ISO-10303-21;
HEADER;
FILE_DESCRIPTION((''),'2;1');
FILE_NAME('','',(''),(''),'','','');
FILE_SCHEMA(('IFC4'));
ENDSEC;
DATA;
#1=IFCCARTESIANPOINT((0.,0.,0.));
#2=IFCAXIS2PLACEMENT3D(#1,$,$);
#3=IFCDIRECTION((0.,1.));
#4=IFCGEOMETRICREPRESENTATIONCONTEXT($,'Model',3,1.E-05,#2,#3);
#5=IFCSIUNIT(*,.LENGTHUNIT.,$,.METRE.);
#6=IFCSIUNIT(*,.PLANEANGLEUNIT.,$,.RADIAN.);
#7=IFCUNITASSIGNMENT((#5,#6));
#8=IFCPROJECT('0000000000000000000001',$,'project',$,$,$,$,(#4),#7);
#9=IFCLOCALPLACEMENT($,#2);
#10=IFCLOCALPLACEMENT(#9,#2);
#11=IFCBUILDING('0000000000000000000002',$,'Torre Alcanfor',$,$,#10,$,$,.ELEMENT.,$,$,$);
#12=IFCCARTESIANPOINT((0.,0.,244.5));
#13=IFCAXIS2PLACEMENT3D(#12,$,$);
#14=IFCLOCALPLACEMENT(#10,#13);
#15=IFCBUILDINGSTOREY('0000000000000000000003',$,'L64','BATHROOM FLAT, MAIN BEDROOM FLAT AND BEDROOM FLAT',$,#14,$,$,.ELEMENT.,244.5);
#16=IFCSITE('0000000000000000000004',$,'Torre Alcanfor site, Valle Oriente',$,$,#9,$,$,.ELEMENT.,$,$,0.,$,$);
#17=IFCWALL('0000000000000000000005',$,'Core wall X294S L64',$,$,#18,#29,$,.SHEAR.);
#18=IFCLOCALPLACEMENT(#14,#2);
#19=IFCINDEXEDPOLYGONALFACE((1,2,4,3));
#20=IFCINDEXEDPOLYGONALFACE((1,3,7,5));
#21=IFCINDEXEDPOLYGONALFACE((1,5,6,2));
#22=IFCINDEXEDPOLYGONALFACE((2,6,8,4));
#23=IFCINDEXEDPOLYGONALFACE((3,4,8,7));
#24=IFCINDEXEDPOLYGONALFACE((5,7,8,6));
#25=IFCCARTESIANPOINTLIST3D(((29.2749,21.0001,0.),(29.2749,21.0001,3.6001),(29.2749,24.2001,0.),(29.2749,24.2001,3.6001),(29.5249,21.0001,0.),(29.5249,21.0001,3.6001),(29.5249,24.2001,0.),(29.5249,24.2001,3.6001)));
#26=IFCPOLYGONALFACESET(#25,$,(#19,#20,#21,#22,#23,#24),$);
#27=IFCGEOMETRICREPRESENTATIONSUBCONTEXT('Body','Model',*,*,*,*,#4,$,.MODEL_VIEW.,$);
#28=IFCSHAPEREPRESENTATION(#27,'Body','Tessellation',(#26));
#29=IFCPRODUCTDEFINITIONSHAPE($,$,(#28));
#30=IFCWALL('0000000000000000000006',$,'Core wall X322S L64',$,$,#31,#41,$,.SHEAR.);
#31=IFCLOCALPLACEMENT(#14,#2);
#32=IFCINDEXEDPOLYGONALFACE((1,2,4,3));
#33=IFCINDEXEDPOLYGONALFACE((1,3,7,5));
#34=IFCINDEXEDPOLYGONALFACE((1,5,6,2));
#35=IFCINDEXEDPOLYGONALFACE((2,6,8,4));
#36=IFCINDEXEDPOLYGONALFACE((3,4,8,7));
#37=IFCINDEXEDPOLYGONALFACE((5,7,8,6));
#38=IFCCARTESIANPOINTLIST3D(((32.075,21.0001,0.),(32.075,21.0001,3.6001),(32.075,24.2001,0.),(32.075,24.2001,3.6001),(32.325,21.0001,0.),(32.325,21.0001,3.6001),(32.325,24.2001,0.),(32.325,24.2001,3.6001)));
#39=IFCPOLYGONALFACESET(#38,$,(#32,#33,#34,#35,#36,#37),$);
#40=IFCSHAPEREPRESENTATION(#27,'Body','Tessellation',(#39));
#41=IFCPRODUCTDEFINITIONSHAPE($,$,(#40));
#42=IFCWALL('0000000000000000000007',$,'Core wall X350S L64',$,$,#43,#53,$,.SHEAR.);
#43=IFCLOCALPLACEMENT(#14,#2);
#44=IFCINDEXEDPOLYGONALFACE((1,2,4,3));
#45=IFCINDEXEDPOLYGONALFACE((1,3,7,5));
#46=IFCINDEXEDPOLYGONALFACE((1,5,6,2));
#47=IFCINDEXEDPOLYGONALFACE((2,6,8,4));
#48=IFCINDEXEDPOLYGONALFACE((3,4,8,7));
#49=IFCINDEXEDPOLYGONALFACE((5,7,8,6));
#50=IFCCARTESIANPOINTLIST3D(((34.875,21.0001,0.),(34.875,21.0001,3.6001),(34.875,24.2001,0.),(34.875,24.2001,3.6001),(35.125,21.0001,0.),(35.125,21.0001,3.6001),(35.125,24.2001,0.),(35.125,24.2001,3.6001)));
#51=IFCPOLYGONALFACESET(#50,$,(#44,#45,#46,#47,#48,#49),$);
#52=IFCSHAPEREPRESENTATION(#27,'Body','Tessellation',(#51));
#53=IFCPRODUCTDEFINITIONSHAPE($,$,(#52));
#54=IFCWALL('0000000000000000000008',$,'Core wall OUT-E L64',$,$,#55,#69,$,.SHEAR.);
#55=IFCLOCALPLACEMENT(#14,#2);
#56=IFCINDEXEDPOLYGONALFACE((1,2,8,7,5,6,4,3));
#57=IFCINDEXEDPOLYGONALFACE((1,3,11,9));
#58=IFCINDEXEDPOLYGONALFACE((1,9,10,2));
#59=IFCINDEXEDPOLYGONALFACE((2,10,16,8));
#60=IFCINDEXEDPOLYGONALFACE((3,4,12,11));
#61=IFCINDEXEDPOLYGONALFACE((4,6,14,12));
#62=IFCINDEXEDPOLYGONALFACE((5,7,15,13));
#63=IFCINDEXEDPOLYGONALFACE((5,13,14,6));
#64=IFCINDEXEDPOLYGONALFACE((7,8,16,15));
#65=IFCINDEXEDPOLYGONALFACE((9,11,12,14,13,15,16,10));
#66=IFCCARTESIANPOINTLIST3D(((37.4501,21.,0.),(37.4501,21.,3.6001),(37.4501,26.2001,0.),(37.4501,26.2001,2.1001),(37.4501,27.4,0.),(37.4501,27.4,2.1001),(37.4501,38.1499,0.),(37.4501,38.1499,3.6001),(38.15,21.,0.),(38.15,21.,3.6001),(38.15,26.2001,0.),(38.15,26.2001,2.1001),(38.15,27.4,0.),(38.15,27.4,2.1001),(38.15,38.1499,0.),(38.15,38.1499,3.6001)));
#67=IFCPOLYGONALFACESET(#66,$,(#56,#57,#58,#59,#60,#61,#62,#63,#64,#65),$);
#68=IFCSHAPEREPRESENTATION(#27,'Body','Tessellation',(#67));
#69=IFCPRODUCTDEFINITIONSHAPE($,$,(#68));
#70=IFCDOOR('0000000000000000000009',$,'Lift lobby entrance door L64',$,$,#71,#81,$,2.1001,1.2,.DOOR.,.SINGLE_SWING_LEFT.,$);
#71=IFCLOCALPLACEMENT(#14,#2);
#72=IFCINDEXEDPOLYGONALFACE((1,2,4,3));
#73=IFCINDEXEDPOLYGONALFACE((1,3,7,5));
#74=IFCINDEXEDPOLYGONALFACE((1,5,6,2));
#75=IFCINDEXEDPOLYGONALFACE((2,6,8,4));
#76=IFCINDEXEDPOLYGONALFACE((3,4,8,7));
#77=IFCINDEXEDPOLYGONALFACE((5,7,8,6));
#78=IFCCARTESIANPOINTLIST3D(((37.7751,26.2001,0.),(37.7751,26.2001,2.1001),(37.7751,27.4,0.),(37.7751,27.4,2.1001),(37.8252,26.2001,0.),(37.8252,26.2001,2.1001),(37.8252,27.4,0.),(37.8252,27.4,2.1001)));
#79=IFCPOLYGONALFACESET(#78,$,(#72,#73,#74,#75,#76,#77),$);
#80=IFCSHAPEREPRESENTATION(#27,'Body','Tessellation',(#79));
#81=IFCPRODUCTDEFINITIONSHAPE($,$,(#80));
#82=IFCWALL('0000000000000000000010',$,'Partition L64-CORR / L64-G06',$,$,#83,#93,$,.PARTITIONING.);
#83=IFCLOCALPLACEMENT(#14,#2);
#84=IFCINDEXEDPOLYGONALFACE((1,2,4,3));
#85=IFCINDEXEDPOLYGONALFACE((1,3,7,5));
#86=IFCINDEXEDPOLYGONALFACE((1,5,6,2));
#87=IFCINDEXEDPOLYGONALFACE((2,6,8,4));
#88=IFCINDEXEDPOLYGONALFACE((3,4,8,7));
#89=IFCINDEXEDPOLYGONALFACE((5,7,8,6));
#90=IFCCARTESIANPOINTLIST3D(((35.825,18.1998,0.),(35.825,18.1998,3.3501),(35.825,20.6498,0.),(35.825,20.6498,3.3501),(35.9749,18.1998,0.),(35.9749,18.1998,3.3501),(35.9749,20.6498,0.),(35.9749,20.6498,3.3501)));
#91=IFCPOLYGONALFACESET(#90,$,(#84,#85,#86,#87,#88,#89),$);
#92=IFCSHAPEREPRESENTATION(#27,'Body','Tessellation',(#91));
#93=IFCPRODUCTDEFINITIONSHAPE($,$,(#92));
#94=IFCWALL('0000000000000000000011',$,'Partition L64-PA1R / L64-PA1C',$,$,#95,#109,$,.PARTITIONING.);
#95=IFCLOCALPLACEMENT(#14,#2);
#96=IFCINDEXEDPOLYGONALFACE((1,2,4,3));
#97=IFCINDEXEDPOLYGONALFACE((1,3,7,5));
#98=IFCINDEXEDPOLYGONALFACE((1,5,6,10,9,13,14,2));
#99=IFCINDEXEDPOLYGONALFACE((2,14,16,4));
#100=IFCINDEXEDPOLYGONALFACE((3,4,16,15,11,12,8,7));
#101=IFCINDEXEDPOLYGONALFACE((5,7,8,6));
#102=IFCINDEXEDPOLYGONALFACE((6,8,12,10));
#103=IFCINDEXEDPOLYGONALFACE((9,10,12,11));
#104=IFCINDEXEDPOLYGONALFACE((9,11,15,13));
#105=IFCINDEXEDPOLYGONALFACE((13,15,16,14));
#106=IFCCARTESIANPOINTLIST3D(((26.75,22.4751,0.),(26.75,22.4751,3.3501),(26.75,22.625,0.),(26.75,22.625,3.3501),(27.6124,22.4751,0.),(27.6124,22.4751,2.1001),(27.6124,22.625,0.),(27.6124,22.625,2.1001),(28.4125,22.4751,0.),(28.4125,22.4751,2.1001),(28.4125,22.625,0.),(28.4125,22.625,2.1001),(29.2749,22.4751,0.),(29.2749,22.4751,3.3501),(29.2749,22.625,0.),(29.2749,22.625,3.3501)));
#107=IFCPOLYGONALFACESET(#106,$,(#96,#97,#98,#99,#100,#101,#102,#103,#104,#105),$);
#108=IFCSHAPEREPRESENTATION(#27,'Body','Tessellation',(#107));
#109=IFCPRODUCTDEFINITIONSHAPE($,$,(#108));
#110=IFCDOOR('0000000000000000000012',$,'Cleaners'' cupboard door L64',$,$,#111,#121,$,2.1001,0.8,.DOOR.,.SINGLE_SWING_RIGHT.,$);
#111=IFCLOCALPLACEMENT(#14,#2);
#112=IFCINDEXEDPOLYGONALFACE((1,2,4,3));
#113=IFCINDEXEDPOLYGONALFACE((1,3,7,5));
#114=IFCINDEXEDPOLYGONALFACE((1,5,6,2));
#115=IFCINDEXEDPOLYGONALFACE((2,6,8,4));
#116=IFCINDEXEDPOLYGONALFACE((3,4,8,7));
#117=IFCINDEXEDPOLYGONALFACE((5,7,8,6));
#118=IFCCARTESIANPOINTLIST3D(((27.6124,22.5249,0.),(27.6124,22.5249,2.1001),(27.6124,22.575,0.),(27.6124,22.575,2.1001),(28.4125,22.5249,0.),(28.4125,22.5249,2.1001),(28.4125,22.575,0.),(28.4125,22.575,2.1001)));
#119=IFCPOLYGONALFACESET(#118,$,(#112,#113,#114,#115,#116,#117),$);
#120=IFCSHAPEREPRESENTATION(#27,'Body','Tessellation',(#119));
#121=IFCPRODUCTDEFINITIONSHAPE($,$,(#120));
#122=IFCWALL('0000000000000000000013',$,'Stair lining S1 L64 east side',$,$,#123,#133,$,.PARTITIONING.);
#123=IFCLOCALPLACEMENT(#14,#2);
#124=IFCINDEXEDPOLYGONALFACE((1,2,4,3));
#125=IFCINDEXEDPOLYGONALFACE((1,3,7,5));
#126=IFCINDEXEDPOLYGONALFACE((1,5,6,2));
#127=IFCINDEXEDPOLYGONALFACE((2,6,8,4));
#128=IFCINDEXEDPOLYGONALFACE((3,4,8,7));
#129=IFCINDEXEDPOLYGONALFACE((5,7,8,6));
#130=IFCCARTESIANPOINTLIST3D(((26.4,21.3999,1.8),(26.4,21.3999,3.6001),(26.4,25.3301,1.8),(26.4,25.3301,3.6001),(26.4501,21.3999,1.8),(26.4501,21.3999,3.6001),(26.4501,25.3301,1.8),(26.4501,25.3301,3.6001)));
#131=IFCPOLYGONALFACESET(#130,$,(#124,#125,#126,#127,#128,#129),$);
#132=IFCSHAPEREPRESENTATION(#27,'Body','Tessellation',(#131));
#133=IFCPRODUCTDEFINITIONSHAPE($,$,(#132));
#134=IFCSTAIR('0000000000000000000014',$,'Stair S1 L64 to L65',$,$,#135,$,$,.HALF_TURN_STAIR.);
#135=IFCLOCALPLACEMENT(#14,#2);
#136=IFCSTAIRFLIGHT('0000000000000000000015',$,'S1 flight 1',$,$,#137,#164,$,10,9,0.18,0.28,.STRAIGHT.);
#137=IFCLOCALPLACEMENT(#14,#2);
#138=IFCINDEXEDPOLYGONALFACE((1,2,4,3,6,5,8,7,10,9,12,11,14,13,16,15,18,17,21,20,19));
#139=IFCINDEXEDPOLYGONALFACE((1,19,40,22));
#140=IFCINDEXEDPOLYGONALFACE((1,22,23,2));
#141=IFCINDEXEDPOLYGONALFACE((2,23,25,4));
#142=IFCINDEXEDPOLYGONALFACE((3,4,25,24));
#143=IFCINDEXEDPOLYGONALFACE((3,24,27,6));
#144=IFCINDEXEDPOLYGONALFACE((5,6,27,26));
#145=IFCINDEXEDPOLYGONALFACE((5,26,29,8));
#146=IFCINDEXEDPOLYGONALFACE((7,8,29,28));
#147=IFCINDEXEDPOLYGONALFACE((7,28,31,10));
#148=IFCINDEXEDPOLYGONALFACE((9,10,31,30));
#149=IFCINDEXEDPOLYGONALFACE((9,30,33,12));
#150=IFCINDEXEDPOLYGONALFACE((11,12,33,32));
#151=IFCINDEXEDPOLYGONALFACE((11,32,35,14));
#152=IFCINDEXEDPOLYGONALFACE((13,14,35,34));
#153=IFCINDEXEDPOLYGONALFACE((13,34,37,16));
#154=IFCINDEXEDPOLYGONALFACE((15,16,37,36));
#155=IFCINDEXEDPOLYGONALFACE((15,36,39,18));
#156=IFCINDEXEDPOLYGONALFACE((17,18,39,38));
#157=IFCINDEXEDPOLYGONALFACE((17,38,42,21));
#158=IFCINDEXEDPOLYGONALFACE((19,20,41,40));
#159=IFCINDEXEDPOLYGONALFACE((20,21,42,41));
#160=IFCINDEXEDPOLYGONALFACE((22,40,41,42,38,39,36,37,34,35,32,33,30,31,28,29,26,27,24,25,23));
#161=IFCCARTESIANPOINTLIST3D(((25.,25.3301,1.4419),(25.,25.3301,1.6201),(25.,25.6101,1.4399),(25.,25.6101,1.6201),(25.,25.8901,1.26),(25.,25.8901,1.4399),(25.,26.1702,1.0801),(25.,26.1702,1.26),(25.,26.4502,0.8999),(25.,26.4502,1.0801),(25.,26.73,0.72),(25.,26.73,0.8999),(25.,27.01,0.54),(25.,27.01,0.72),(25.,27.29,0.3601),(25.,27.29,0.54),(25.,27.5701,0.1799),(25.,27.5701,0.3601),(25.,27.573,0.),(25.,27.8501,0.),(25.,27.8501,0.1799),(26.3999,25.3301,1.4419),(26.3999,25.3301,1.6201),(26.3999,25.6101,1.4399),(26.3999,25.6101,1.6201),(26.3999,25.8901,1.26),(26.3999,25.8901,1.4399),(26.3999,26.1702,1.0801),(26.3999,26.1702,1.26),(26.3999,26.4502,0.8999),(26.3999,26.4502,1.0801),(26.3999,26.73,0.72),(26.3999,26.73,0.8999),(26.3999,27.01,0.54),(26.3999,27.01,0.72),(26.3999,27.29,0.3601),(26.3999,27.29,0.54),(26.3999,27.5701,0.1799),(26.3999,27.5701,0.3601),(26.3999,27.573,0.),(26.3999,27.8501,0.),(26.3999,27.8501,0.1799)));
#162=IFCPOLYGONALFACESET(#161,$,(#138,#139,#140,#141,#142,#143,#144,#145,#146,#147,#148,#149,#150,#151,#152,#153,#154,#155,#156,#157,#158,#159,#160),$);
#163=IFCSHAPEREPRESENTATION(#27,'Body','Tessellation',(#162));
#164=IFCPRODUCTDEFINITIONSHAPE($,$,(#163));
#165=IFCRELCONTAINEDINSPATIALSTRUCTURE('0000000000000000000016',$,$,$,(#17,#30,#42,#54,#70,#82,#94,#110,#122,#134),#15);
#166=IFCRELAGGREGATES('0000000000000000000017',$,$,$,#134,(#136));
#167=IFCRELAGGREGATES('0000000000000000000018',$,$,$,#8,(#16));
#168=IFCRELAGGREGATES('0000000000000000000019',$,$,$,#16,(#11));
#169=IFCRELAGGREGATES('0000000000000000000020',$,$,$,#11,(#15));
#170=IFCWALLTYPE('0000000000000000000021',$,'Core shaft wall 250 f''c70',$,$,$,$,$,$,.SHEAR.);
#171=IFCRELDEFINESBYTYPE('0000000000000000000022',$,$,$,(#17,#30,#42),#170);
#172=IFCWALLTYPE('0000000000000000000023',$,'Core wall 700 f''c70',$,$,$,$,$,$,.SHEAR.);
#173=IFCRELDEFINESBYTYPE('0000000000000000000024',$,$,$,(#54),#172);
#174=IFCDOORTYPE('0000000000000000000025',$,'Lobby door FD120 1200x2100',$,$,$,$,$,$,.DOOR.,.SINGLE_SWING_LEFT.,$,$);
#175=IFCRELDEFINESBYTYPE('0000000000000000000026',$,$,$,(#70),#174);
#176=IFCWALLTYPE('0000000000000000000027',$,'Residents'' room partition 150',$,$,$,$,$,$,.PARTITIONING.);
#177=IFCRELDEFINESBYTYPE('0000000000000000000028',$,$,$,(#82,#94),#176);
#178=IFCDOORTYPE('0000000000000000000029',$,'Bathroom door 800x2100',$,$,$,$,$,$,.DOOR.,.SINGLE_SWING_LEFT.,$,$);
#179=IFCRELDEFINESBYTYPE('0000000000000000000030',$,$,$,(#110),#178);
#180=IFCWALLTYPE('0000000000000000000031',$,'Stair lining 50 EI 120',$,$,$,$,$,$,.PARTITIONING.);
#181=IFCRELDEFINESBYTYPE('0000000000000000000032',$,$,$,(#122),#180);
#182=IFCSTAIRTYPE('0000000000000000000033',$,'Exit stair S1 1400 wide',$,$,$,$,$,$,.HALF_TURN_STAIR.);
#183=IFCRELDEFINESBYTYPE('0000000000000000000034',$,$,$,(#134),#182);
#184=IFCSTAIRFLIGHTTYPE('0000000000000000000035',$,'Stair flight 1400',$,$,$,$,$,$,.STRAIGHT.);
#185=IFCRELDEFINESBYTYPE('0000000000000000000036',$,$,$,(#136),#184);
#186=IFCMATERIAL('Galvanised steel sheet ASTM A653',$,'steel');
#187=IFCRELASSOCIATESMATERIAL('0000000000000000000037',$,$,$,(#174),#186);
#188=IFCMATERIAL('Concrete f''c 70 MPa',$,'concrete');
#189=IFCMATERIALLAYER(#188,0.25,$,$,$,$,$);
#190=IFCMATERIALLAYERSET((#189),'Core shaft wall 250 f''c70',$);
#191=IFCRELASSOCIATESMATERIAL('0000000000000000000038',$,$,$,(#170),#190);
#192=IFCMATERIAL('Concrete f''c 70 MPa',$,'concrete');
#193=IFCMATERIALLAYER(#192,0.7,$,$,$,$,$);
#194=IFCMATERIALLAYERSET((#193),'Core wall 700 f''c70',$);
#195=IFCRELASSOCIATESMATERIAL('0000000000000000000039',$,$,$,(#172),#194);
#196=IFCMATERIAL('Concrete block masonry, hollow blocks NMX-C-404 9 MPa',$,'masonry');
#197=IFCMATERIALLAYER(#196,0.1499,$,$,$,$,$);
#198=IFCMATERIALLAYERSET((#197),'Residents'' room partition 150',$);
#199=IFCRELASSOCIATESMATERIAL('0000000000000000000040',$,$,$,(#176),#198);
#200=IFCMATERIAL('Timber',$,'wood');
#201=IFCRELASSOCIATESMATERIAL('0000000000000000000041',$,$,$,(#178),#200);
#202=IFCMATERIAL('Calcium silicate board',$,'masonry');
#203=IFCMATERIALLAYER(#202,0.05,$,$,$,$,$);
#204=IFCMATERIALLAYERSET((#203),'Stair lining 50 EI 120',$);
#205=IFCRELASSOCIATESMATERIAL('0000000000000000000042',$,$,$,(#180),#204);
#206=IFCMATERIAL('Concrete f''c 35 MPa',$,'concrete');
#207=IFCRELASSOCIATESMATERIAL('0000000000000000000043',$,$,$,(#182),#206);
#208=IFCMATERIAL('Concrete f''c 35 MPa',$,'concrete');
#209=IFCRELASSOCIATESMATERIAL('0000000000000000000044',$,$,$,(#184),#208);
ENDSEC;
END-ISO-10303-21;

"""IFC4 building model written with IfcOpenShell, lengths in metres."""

from ifc_helpers import new_model, si_unit, direction, frame, frame_2d, origin, place, context, subcontext, project, spatial, polyline, rectangle, outline, extrude, material, layer, layer_set, type_object, element, fill, aggregate, save


model = new_model("IFC4")

# Units and contexts
model_context = context("Model", 3, precision=1e-05, world=origin(), true_north=direction((0.0, 1.0)))
body_context = subcontext(model_context, "Body", "Model", "MODEL_VIEW")
ifc_project = project(units=[si_unit("LENGTHUNIT", "METRE"), si_unit("PLANEANGLEUNIT", "RADIAN")], contexts=[model_context])

# Site, building, storey
site_placement = place(None, origin())
site = spatial("IfcSite", under=ifc_project, at=site_placement, Name="Torre Alcanfor site, Valle Oriente", CompositionType="ELEMENT", RefElevation=0.0)
building_placement = place(site_placement, origin())
building = spatial("IfcBuilding", under=site, at=building_placement, Name="Torre Alcanfor", CompositionType="ELEMENT")
storey_placement = place(building_placement, frame((0.0, 0.0, 244.5)))
storey = spatial("IfcBuildingStorey", under=building, at=storey_placement, Name="L64", Description="BATHROOM FLAT, MAIN BEDROOM FLAT AND BEDROOM FLAT", CompositionType="ELEMENT", Elevation=244.5)

# Shared definitions
ifc_material_1 = material(Name="Galvanised steel sheet ASTM A653", Category="steel")
door_type_1 = type_object("IfcDoorType", Name="Lobby door FD120 1200x2100", OperationType="SINGLE_SWING_LEFT", PredefinedType="DOOR", material=ifc_material_1)

# Walls
ifc_material_2 = material(Name="Concrete f'c 70 MPa", Category="concrete")
ifc_layer_1 = layer(ifc_material_2, 0.25)
ifc_layer_set_1 = layer_set([ifc_layer_1], Name="Core shaft wall 250 f'c70")
wall_type_1 = type_object("IfcWallType", Name="Core shaft wall 250 f'c70", PredefinedType="SHEAR", material=ifc_layer_set_1)
for number, where, z_axis, x_axis, name in (
    (1, (29.3999, 21.0, 0.0), (0.0, 0.0, 1.0), (0.0, 1.0, 0.0), "Core wall X294S L64"),
    (2, (32.2, 21.0, 0.0), (0.0, 0.0, 1.0), (0.0, 1.0, 0.0), "Core wall X322S L64"),
    (3, (35.0, 21.0, 0.0), (0.0, 0.0, 1.0), (0.0, 1.0, 0.0), "Core wall X350S L64"),
):
    element("IfcWall", number, at=place(storey_placement, frame(where, z_axis=z_axis, x_axis=x_axis)), inside=storey, type_object=wall_type_1, Name=name, PredefinedType="SHEAR", context=body_context, shape_type="SweptSolid", body=[
        extrude(rectangle(XDim=3.2, YDim=0.25, at=frame_2d((1.6001, 0.0))), origin(), (0.0, 0.0, 1.0), 3.6001),
    ])

# Wall, opening, door
ifc_material_3 = material(Name="Concrete f'c 70 MPa", Category="concrete")
ifc_layer_2 = layer(ifc_material_3, 0.7)
ifc_layer_set_2 = layer_set([ifc_layer_2], Name="Core wall 700 f'c70")
wall_type_2 = type_object("IfcWallType", Name="Core wall 700 f'c70", PredefinedType="SHEAR", material=ifc_layer_set_2)
wall_1_placement = place(storey_placement, frame((37.8, 21.0, 0.0), z_axis=(0.0, 0.0, 1.0), x_axis=(0.0, 1.0, 0.0)))
wall_1 = element("IfcWall", 4, at=wall_1_placement, inside=storey, type_object=wall_type_2, Name="Core wall OUT-E L64", PredefinedType="SHEAR", context=body_context, shape_type="SweptSolid", body=[
    extrude(rectangle(XDim=17.1499, YDim=0.7, at=frame_2d((8.575, 0.0))), origin(), (0.0, 0.0, 1.0), 3.6001),
])
opening_1_placement = place(wall_1_placement, frame((5.2, 0.0, 0.0)))
opening_1 = element("IfcOpeningElement", 5, at=opening_1_placement, cuts=wall_1, PredefinedType="OPENING", context=body_context, shape_type="SweptSolid", body=[
    extrude(rectangle(XDim=1.2, YDim=2.1001, at=frame_2d((0.6001, 1.05))), frame((0.0, 0.3599, 0.0), z_axis=(0.0, -1.0, 0.0), x_axis=(1.0, 0.0, 0.0)), (0.0, 0.0, 1.0), 0.72),
])
door_1_placement = place(opening_1_placement, origin())
door_1 = element("IfcDoor", 6, at=door_1_placement, inside=storey, type_object=door_type_1, Name="Lift lobby entrance door L64", OperationType="SINGLE_SWING_LEFT", OverallHeight=2.1001, OverallWidth=1.2, PredefinedType="DOOR", context=body_context, shape_type="SweptSolid", body=[
    extrude(rectangle(XDim=1.2, YDim=2.1001, at=frame_2d((0.6001, 1.05))), frame((0.0, 0.0249, 0.0), z_axis=(0.0, -1.0, 0.0), x_axis=(1.0, 0.0, 0.0)), (0.0, 0.0, 1.0), 0.05),
])
fill(opening_1, door_1)

# Wall
ifc_material_4 = material(Name="Concrete block masonry, hollow blocks NMX-C-404 9 MPa", Category="masonry")
ifc_layer_3 = layer(ifc_material_4, 0.1499)
ifc_layer_set_3 = layer_set([ifc_layer_3], Name="Residents' room partition 150")
wall_type_3 = type_object("IfcWallType", Name="Residents' room partition 150", PredefinedType="PARTITIONING", material=ifc_layer_set_3)
wall_2_placement = place(storey_placement, frame((35.8999, 20.6499, 0.0), z_axis=(0.0, 0.0, 1.0), x_axis=(0.0, -1.0, 0.0)))
element("IfcWall", 7, at=wall_2_placement, inside=storey, type_object=wall_type_3, Name="Partition L64-CORR / L64-G06", PredefinedType="PARTITIONING", context=body_context, shape_type="SweptSolid", body=[
    extrude(rectangle(XDim=2.45, YDim=0.1499, at=frame_2d((1.2251, 0.0))), origin(), (0.0, 0.0, 1.0), 3.3501),
])

# Wall, opening, door
wall_3_placement = place(storey_placement, frame((26.75, 22.55, 0.0), z_axis=(0.0, 0.0, 1.0), x_axis=(1.0, 0.0, 0.0)))
wall_3 = element("IfcWall", 8, at=wall_3_placement, inside=storey, type_object=wall_type_3, Name="Partition L64-PA1R / L64-PA1C", PredefinedType="PARTITIONING", context=body_context, shape_type="SweptSolid", body=[
    extrude(rectangle(XDim=2.5249, YDim=0.1499, at=frame_2d((1.2625, 0.0))), origin(), (0.0, 0.0, 1.0), 3.3501),
])
opening_2_placement = place(wall_3_placement, frame((0.8625, 0.0, 0.0)))
opening_2 = element("IfcOpeningElement", 9, at=opening_2_placement, cuts=wall_3, PredefinedType="OPENING", context=body_context, shape_type="SweptSolid", body=[
    extrude(rectangle(XDim=0.8, YDim=2.1001, at=frame_2d((0.3999, 1.05))), frame((0.0, 0.085, 0.0), z_axis=(0.0, -1.0, 0.0), x_axis=(1.0, 0.0, 0.0)), (0.0, 0.0, 1.0), 0.1699),
])
ifc_material_5 = material(Name="Timber", Category="wood")
door_type_2 = type_object("IfcDoorType", Name="Bathroom door 800x2100", OperationType="SINGLE_SWING_LEFT", PredefinedType="DOOR", material=ifc_material_5)
door_2_placement = place(opening_2_placement, frame((0.8, 0.0, 0.0), z_axis=(0.0, 0.0, 1.0), x_axis=(-1.0, 0.0, 0.0)))
door_2 = element("IfcDoor", 10, at=door_2_placement, inside=storey, type_object=door_type_2, Name="Cleaners' cupboard door L64", OperationType="SINGLE_SWING_RIGHT", OverallHeight=2.1001, OverallWidth=0.8, PredefinedType="DOOR", context=body_context, shape_type="SweptSolid", body=[
    extrude(rectangle(XDim=0.8, YDim=2.1001, at=frame_2d((0.4001, 1.05))), frame((0.0, 0.0251, 0.0), z_axis=(0.0, -1.0, 0.0), x_axis=(1.0, 0.0, 0.0)), (0.0, 0.0, 1.0), 0.05),
])
fill(opening_2, door_2)

# Wall
ifc_material_6 = material(Name="Calcium silicate board", Category="masonry")
ifc_layer_4 = layer(ifc_material_6, 0.05)
ifc_layer_set_4 = layer_set([ifc_layer_4], Name="Stair lining 50 EI 120")
wall_type_4 = type_object("IfcWallType", Name="Stair lining 50 EI 120", PredefinedType="PARTITIONING", material=ifc_layer_set_4)
wall_4_placement = place(storey_placement, frame((26.425, 25.3301, 1.8), z_axis=(0.0, 0.0, 1.0), x_axis=(0.0, -1.0, 0.0)))
element("IfcWall", 11, at=wall_4_placement, inside=storey, type_object=wall_type_4, Name="Stair lining S1 L64 east side", PredefinedType="PARTITIONING", context=body_context, shape_type="SweptSolid", body=[
    extrude(rectangle(XDim=3.9302, YDim=0.05, at=frame_2d((1.9651, 0.0))), origin(), (0.0, 0.0, 1.0), 1.8),
])

# Stair, stair flight
ifc_material_7 = material(Name="Concrete f'c 35 MPa", Category="concrete")
stair_type = type_object("IfcStairType", Name="Exit stair S1 1400 wide", PredefinedType="HALF_TURN_STAIR", material=ifc_material_7)
stair_placement = place(storey_placement, origin())
stair = element("IfcStair", 12, at=stair_placement, inside=storey, type_object=stair_type, Name="Stair S1 L64 to L65", PredefinedType="HALF_TURN_STAIR")
ifc_material_8 = material(Name="Concrete f'c 35 MPa", Category="concrete")
stair_flight_type = type_object("IfcStairFlightType", Name="Stair flight 1400", PredefinedType="STRAIGHT", material=ifc_material_8)
stair_flight_placement = place(storey_placement, frame((25.7, 27.8501, 0.0), z_axis=(0.0, 0.0, 1.0), x_axis=(0.0, -1.0, 0.0)))
stair_flight = element("IfcStairFlight", 13, at=stair_flight_placement, type_object=stair_flight_type, Name="S1 flight 1", NumberOfRisers=10, NumberOfTreads=9, PredefinedType="STRAIGHT", RiserHeight=0.18, TreadLength=0.28, context=body_context, shape_type="SweptSolid", body=[
    extrude(outline(polyline([(0.0, 0.0), (0.0, 0.1799), (0.28, 0.1799), (0.28, 0.3601), (0.5601, 0.3601), (0.5601, 0.54), (0.8401, 0.54), (0.8401, 0.72), (1.1201, 0.72), (1.1201, 0.8999), (1.3999, 0.8999), (1.3999, 1.0801), (1.6799, 1.0801), (1.6799, 1.26), (1.96, 1.26), (1.96, 1.4399), (2.24, 1.4399), (2.24, 1.6201), (2.52, 1.6201), (2.52, 1.8), (2.52, 1.4419), (0.2771, 0.0), (0.0, 0.0)])), frame((0.0, 0.7, 0.0), z_axis=(0.0, -1.0, 0.0), x_axis=(1.0, 0.0, 0.0)), (0.0, 0.0, 1.0), 1.3999),
])
aggregate(stair, [stair_flight])

save(model, "model.ifc")
